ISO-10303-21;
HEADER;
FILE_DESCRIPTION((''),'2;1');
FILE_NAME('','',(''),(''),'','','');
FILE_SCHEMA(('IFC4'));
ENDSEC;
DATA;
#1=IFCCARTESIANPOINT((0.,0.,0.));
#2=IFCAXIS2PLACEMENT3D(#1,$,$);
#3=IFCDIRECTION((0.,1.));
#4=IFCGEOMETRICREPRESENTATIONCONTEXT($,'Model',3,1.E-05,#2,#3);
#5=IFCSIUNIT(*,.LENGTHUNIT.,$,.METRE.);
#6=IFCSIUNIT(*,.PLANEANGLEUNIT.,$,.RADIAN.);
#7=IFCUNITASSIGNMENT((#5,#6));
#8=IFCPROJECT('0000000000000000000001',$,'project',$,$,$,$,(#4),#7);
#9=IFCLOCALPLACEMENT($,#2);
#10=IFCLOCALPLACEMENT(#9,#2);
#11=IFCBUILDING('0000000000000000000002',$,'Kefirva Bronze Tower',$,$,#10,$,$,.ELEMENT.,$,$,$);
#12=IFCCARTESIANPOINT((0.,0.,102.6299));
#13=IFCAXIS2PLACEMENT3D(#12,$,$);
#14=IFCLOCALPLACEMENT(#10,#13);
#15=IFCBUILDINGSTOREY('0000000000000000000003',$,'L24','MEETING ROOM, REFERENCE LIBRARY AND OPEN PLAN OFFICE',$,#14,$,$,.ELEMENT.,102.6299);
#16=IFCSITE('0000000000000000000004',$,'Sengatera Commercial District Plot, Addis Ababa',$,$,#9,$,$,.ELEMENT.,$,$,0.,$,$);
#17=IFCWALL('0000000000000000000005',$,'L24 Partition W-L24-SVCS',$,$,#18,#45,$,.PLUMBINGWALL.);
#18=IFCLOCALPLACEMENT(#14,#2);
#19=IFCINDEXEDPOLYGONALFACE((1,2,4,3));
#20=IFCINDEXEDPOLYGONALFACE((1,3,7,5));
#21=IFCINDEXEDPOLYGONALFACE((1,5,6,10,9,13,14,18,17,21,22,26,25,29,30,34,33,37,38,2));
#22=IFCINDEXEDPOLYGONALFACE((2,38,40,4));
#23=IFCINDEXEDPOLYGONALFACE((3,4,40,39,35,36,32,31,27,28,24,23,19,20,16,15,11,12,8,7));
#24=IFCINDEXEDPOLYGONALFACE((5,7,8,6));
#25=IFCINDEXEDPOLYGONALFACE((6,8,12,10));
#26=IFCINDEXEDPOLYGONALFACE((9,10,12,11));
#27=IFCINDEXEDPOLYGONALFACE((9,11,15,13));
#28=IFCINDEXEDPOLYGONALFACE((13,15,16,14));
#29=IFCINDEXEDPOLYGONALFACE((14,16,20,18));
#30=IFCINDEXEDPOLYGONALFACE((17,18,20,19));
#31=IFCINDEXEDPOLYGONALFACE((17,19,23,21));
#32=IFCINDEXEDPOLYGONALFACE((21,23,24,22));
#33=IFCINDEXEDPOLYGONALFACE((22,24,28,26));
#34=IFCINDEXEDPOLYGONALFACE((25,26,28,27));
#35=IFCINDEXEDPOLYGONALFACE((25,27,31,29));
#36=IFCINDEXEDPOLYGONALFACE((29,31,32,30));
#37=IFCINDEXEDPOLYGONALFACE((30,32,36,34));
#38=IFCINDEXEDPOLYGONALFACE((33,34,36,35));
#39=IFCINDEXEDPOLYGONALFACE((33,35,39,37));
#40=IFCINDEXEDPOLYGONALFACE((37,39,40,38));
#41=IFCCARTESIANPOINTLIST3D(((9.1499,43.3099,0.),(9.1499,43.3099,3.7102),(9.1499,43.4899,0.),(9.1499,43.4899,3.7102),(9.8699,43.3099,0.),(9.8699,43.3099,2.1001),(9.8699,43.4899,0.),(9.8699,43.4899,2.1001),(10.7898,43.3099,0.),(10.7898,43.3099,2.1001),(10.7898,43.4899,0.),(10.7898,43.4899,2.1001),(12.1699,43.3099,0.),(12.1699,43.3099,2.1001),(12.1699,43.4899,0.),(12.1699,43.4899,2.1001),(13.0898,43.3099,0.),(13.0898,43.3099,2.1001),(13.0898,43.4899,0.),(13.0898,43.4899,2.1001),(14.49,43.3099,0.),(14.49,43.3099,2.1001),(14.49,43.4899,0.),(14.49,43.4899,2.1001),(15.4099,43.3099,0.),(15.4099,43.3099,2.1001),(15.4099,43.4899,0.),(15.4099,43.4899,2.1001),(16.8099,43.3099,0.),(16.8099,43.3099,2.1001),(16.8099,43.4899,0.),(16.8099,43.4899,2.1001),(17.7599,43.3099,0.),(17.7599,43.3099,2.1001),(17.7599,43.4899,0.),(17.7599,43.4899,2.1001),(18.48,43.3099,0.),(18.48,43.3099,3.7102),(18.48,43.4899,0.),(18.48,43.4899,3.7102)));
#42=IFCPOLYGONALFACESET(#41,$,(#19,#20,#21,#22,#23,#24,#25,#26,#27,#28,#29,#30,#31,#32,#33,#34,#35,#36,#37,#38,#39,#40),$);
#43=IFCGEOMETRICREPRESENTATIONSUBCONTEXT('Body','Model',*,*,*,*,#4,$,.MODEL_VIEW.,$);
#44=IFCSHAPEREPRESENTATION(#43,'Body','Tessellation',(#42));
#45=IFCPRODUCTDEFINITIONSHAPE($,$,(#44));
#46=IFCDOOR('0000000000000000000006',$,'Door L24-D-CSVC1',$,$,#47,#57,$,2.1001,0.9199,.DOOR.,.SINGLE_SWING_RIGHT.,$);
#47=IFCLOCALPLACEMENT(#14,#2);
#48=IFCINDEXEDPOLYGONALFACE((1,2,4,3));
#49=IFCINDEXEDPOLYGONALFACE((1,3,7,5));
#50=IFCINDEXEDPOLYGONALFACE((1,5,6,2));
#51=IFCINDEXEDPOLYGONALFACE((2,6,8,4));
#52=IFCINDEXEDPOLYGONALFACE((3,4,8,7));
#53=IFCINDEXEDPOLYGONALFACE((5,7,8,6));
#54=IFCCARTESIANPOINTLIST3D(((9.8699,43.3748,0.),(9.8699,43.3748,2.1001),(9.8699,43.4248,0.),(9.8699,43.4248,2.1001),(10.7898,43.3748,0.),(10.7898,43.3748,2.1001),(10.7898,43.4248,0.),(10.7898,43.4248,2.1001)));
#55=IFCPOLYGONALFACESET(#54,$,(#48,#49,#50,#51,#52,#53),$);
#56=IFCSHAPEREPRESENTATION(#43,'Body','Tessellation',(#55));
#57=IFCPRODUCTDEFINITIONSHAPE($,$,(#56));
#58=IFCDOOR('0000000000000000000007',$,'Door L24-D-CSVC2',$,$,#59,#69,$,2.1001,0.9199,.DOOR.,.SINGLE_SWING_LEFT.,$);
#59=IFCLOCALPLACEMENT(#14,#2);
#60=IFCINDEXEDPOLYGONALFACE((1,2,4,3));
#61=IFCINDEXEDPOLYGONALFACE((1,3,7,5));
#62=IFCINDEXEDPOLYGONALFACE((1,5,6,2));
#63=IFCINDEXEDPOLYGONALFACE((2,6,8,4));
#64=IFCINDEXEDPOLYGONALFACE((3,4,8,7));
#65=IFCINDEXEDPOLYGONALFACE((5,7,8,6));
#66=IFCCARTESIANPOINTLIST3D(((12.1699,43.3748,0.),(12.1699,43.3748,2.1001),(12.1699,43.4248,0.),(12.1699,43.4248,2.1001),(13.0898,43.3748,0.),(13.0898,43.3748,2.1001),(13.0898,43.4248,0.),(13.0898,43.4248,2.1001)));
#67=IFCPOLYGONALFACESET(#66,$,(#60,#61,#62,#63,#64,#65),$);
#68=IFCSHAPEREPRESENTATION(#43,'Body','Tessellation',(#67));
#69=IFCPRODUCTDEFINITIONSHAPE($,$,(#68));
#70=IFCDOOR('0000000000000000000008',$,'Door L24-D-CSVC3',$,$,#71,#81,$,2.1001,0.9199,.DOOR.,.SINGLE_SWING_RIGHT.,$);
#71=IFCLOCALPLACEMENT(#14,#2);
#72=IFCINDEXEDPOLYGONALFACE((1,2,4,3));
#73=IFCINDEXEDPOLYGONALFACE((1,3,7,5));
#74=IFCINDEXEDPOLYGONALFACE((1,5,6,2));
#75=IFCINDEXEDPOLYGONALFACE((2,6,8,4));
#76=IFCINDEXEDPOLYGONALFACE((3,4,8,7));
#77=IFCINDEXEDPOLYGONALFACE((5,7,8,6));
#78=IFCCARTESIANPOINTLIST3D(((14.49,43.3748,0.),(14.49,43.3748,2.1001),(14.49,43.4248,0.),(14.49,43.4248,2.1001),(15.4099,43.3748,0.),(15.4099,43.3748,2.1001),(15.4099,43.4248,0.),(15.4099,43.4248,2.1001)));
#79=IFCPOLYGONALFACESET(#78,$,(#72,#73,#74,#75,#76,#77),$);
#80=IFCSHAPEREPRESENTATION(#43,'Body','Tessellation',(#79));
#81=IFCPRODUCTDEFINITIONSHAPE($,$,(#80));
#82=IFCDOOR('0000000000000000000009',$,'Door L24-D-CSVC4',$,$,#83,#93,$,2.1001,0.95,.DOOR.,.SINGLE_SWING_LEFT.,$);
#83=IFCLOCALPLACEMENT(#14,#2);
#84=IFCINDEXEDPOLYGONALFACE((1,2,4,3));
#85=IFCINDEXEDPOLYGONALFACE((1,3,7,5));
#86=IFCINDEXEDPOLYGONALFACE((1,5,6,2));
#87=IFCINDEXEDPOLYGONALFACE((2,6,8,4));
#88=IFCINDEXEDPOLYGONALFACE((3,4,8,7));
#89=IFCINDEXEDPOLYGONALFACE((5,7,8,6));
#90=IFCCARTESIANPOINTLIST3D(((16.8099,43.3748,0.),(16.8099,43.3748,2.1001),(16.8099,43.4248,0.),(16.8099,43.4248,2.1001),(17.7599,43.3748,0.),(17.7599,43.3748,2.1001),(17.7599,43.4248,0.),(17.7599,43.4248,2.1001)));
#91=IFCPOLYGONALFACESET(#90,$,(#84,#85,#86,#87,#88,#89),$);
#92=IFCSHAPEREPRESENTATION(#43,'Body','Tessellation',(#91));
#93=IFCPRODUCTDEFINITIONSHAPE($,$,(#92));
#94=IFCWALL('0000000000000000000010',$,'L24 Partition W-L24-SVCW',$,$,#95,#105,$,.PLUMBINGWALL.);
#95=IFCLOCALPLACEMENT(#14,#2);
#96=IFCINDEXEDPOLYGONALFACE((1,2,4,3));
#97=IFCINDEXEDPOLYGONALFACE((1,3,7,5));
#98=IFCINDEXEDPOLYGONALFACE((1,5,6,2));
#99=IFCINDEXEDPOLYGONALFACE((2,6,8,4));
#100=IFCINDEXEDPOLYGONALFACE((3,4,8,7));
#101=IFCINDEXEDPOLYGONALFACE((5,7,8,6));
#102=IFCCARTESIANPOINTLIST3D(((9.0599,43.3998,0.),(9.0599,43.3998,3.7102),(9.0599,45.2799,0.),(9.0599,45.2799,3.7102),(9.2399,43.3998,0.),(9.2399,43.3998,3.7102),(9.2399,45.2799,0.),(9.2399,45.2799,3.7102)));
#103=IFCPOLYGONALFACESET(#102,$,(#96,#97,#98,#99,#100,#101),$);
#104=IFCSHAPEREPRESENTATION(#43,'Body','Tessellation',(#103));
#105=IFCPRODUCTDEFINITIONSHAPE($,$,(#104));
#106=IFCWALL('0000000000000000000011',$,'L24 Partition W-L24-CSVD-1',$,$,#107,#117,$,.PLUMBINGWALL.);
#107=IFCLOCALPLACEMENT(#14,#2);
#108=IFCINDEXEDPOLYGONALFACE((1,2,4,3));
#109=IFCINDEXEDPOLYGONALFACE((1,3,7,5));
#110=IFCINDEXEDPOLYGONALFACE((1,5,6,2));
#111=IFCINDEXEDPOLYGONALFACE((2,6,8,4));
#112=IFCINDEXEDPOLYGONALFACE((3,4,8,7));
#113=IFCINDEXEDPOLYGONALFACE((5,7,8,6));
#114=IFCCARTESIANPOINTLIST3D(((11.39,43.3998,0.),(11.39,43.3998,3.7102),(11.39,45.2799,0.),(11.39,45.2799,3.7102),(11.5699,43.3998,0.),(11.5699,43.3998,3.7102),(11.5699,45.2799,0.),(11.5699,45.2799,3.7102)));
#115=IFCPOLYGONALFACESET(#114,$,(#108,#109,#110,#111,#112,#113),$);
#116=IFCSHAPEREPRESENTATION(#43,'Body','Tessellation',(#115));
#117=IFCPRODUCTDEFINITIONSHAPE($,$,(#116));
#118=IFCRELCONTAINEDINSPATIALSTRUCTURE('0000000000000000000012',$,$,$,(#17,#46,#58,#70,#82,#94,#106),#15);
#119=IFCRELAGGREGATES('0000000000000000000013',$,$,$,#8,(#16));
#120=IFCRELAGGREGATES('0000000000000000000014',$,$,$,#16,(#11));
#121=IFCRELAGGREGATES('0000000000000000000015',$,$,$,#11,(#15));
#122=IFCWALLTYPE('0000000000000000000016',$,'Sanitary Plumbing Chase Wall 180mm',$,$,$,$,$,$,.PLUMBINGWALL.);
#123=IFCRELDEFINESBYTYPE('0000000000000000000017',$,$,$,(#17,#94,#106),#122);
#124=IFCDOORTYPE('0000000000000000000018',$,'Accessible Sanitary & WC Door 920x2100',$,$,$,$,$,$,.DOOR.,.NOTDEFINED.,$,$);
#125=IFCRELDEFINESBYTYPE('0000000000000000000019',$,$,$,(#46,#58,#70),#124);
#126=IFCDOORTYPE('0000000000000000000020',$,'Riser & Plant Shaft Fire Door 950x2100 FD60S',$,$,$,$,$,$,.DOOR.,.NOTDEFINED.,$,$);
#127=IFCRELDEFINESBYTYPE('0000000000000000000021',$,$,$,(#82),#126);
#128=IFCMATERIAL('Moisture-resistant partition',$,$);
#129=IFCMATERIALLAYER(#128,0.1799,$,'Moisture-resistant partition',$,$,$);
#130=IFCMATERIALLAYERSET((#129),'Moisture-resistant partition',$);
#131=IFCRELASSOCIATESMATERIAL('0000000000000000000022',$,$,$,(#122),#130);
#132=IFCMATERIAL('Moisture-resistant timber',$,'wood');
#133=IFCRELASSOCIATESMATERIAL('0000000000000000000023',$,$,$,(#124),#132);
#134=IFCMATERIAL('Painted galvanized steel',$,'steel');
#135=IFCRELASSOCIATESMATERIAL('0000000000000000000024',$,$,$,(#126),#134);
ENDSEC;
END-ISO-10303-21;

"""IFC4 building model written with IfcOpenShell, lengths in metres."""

from ifc_helpers import new_model, si_unit, direction, frame, frame_2d, origin, place, context, subcontext, project, spatial, rectangle, extrude, material, layer, layer_set, type_object, element, fill, save


model = new_model("IFC4")

# Units and contexts
model_context = context("Model", 3, precision=1e-05, world=origin(), true_north=direction((0.0, 1.0)))
body_context = subcontext(model_context, "Body", "Model", "MODEL_VIEW")
ifc_project = project(units=[si_unit("LENGTHUNIT", "METRE"), si_unit("PLANEANGLEUNIT", "RADIAN")], contexts=[model_context])

# Site, building, storey
site_placement = place(None, origin())
site = spatial("IfcSite", under=ifc_project, at=site_placement, Name="Sengatera Commercial District Plot, Addis Ababa", CompositionType="ELEMENT", RefElevation=0.0)
building_placement = place(site_placement, origin())
building = spatial("IfcBuilding", under=site, at=building_placement, Name="Kefirva Bronze Tower", CompositionType="ELEMENT")
storey_placement = place(building_placement, frame((0.0, 0.0, 102.6299)))
storey = spatial("IfcBuildingStorey", under=building, at=storey_placement, Name="L24", Description="MEETING ROOM, REFERENCE LIBRARY AND OPEN PLAN OFFICE", CompositionType="ELEMENT", Elevation=102.6299)

# Wall, openings, doors
ifc_material_1 = material(Name="Moisture-resistant partition")
ifc_layer_1 = layer(ifc_material_1, 0.1799, Name="Moisture-resistant partition")
ifc_layer_set_1 = layer_set([ifc_layer_1], Name="Moisture-resistant partition")
wall_type_1 = type_object("IfcWallType", Name="Sanitary Plumbing Chase Wall 180mm", PredefinedType="PLUMBINGWALL", material=ifc_layer_set_1)
wall_1_placement = place(storey_placement, frame((9.1499, 43.3999, 0.0), z_axis=(0.0, 0.0, 1.0), x_axis=(1.0, 0.0, 0.0)))
wall_1 = element("IfcWall", 1, at=wall_1_placement, inside=storey, type_object=wall_type_1, Name="L24 Partition W-L24-SVCS", PredefinedType="PLUMBINGWALL", context=body_context, shape_type="SweptSolid", body=[
    extrude(rectangle(XDim=9.3301, YDim=0.1799, at=frame_2d((4.665, 0.0))), origin(), (0.0, 0.0, 1.0), 3.7102),
])
opening_1_placement = place(wall_1_placement, frame((0.72, 0.0, 0.0)))
opening_1 = element("IfcOpeningElement", 2, at=opening_1_placement, cuts=wall_1, PredefinedType="OPENING", context=body_context, shape_type="SweptSolid", body=[
    extrude(rectangle(XDim=0.9199, YDim=2.1001, at=frame_2d((0.46, 1.05))), frame((0.0, 0.1001, 0.0), z_axis=(0.0, -1.0, 0.0), x_axis=(1.0, 0.0, 0.0)), (0.0, 0.0, 1.0), 0.2),
])
opening_2_placement = place(wall_1_placement, frame((3.02, 0.0, 0.0)))
opening_2 = element("IfcOpeningElement", 3, at=opening_2_placement, cuts=wall_1, PredefinedType="OPENING", context=body_context, shape_type="SweptSolid", body=[
    extrude(rectangle(XDim=0.9199, YDim=2.1001, at=frame_2d((0.46, 1.05))), frame((0.0, 0.1001, 0.0), z_axis=(0.0, -1.0, 0.0), x_axis=(1.0, 0.0, 0.0)), (0.0, 0.0, 1.0), 0.2),
])
opening_3_placement = place(wall_1_placement, frame((5.3401, 0.0, 0.0)))
opening_3 = element("IfcOpeningElement", 4, at=opening_3_placement, cuts=wall_1, PredefinedType="OPENING", context=body_context, shape_type="SweptSolid", body=[
    extrude(rectangle(XDim=0.9199, YDim=2.1001, at=frame_2d((0.46, 1.05))), frame((0.0, 0.1001, 0.0), z_axis=(0.0, -1.0, 0.0), x_axis=(1.0, 0.0, 0.0)), (0.0, 0.0, 1.0), 0.2),
])
opening_4_placement = place(wall_1_placement, frame((7.6599, 0.0, 0.0)))
opening_4 = element("IfcOpeningElement", 5, at=opening_4_placement, cuts=wall_1, PredefinedType="OPENING", context=body_context, shape_type="SweptSolid", body=[
    extrude(rectangle(XDim=0.95, YDim=2.1001, at=frame_2d((0.4751, 1.05))), frame((0.0, 0.1001, 0.0), z_axis=(0.0, -1.0, 0.0), x_axis=(1.0, 0.0, 0.0)), (0.0, 0.0, 1.0), 0.2),
])
ifc_material_2 = material(Name="Moisture-resistant timber", Category="wood")
door_type_1 = type_object("IfcDoorType", Name="Accessible Sanitary & WC Door 920x2100", OperationType="NOTDEFINED", PredefinedType="DOOR", material=ifc_material_2)
door_1_placement = place(opening_1_placement, origin())
door_1 = element("IfcDoor", 6, at=door_1_placement, inside=storey, type_object=door_type_1, Name="Door L24-D-CSVC1", OperationType="SINGLE_SWING_RIGHT", OverallHeight=2.1001, OverallWidth=0.9199, PredefinedType="DOOR", context=body_context, shape_type="SweptSolid", body=[
    extrude(rectangle(XDim=0.9199, YDim=2.1001, at=frame_2d((0.46, 1.05))), frame((0.0, 0.0249, 0.0), z_axis=(0.0, -1.0, 0.0), x_axis=(1.0, 0.0, 0.0)), (0.0, 0.0, 1.0), 0.05),
])
fill(opening_1, door_1)
door_2_placement = place(opening_2_placement, origin())
door_2 = element("IfcDoor", 7, at=door_2_placement, inside=storey, type_object=door_type_1, Name="Door L24-D-CSVC2", OperationType="SINGLE_SWING_LEFT", OverallHeight=2.1001, OverallWidth=0.9199, PredefinedType="DOOR", context=body_context, shape_type="SweptSolid", body=[
    extrude(rectangle(XDim=0.9199, YDim=2.1001, at=frame_2d((0.46, 1.05))), frame((0.0, 0.0249, 0.0), z_axis=(0.0, -1.0, 0.0), x_axis=(1.0, 0.0, 0.0)), (0.0, 0.0, 1.0), 0.05),
])
fill(opening_2, door_2)
door_3_placement = place(opening_3_placement, origin())
door_3 = element("IfcDoor", 8, at=door_3_placement, inside=storey, type_object=door_type_1, Name="Door L24-D-CSVC3", OperationType="SINGLE_SWING_RIGHT", OverallHeight=2.1001, OverallWidth=0.9199, PredefinedType="DOOR", context=body_context, shape_type="SweptSolid", body=[
    extrude(rectangle(XDim=0.9199, YDim=2.1001, at=frame_2d((0.46, 1.05))), frame((0.0, 0.0249, 0.0), z_axis=(0.0, -1.0, 0.0), x_axis=(1.0, 0.0, 0.0)), (0.0, 0.0, 1.0), 0.05),
])
fill(opening_3, door_3)
ifc_material_3 = material(Name="Painted galvanized steel", Category="steel")
door_type_2 = type_object("IfcDoorType", Name="Riser & Plant Shaft Fire Door 950x2100 FD60S", OperationType="NOTDEFINED", PredefinedType="DOOR", material=ifc_material_3)
door_4_placement = place(opening_4_placement, origin())
door_4 = element("IfcDoor", 9, at=door_4_placement, inside=storey, type_object=door_type_2, Name="Door L24-D-CSVC4", OperationType="SINGLE_SWING_LEFT", OverallHeight=2.1001, OverallWidth=0.95, PredefinedType="DOOR", context=body_context, shape_type="SweptSolid", body=[
    extrude(rectangle(XDim=0.95, YDim=2.1001, at=frame_2d((0.4751, 1.05))), frame((0.0, 0.0249, 0.0), z_axis=(0.0, -1.0, 0.0), x_axis=(1.0, 0.0, 0.0)), (0.0, 0.0, 1.0), 0.05),
])
fill(opening_4, door_4)

# Walls
for number, where, z_axis, x_axis, name in (
    (10, (9.1499, 43.3999, 0.0), (0.0, 0.0, 1.0), (0.0, 1.0, 0.0), "L24 Partition W-L24-SVCW"),
    (11, (11.48, 43.3999, 0.0), (0.0, 0.0, 1.0), (0.0, 1.0, 0.0), "L24 Partition W-L24-CSVD-1"),
):
    element("IfcWall", number, at=place(storey_placement, frame(where, z_axis=z_axis, x_axis=x_axis)), inside=storey, type_object=wall_type_1, Name=name, PredefinedType="PLUMBINGWALL", context=body_context, shape_type="SweptSolid", body=[
        extrude(rectangle(XDim=1.8801, YDim=0.1799, at=frame_2d((0.9399, 0.0))), origin(), (0.0, 0.0, 1.0), 3.7102),
    ])

save(model, "model.ifc")
